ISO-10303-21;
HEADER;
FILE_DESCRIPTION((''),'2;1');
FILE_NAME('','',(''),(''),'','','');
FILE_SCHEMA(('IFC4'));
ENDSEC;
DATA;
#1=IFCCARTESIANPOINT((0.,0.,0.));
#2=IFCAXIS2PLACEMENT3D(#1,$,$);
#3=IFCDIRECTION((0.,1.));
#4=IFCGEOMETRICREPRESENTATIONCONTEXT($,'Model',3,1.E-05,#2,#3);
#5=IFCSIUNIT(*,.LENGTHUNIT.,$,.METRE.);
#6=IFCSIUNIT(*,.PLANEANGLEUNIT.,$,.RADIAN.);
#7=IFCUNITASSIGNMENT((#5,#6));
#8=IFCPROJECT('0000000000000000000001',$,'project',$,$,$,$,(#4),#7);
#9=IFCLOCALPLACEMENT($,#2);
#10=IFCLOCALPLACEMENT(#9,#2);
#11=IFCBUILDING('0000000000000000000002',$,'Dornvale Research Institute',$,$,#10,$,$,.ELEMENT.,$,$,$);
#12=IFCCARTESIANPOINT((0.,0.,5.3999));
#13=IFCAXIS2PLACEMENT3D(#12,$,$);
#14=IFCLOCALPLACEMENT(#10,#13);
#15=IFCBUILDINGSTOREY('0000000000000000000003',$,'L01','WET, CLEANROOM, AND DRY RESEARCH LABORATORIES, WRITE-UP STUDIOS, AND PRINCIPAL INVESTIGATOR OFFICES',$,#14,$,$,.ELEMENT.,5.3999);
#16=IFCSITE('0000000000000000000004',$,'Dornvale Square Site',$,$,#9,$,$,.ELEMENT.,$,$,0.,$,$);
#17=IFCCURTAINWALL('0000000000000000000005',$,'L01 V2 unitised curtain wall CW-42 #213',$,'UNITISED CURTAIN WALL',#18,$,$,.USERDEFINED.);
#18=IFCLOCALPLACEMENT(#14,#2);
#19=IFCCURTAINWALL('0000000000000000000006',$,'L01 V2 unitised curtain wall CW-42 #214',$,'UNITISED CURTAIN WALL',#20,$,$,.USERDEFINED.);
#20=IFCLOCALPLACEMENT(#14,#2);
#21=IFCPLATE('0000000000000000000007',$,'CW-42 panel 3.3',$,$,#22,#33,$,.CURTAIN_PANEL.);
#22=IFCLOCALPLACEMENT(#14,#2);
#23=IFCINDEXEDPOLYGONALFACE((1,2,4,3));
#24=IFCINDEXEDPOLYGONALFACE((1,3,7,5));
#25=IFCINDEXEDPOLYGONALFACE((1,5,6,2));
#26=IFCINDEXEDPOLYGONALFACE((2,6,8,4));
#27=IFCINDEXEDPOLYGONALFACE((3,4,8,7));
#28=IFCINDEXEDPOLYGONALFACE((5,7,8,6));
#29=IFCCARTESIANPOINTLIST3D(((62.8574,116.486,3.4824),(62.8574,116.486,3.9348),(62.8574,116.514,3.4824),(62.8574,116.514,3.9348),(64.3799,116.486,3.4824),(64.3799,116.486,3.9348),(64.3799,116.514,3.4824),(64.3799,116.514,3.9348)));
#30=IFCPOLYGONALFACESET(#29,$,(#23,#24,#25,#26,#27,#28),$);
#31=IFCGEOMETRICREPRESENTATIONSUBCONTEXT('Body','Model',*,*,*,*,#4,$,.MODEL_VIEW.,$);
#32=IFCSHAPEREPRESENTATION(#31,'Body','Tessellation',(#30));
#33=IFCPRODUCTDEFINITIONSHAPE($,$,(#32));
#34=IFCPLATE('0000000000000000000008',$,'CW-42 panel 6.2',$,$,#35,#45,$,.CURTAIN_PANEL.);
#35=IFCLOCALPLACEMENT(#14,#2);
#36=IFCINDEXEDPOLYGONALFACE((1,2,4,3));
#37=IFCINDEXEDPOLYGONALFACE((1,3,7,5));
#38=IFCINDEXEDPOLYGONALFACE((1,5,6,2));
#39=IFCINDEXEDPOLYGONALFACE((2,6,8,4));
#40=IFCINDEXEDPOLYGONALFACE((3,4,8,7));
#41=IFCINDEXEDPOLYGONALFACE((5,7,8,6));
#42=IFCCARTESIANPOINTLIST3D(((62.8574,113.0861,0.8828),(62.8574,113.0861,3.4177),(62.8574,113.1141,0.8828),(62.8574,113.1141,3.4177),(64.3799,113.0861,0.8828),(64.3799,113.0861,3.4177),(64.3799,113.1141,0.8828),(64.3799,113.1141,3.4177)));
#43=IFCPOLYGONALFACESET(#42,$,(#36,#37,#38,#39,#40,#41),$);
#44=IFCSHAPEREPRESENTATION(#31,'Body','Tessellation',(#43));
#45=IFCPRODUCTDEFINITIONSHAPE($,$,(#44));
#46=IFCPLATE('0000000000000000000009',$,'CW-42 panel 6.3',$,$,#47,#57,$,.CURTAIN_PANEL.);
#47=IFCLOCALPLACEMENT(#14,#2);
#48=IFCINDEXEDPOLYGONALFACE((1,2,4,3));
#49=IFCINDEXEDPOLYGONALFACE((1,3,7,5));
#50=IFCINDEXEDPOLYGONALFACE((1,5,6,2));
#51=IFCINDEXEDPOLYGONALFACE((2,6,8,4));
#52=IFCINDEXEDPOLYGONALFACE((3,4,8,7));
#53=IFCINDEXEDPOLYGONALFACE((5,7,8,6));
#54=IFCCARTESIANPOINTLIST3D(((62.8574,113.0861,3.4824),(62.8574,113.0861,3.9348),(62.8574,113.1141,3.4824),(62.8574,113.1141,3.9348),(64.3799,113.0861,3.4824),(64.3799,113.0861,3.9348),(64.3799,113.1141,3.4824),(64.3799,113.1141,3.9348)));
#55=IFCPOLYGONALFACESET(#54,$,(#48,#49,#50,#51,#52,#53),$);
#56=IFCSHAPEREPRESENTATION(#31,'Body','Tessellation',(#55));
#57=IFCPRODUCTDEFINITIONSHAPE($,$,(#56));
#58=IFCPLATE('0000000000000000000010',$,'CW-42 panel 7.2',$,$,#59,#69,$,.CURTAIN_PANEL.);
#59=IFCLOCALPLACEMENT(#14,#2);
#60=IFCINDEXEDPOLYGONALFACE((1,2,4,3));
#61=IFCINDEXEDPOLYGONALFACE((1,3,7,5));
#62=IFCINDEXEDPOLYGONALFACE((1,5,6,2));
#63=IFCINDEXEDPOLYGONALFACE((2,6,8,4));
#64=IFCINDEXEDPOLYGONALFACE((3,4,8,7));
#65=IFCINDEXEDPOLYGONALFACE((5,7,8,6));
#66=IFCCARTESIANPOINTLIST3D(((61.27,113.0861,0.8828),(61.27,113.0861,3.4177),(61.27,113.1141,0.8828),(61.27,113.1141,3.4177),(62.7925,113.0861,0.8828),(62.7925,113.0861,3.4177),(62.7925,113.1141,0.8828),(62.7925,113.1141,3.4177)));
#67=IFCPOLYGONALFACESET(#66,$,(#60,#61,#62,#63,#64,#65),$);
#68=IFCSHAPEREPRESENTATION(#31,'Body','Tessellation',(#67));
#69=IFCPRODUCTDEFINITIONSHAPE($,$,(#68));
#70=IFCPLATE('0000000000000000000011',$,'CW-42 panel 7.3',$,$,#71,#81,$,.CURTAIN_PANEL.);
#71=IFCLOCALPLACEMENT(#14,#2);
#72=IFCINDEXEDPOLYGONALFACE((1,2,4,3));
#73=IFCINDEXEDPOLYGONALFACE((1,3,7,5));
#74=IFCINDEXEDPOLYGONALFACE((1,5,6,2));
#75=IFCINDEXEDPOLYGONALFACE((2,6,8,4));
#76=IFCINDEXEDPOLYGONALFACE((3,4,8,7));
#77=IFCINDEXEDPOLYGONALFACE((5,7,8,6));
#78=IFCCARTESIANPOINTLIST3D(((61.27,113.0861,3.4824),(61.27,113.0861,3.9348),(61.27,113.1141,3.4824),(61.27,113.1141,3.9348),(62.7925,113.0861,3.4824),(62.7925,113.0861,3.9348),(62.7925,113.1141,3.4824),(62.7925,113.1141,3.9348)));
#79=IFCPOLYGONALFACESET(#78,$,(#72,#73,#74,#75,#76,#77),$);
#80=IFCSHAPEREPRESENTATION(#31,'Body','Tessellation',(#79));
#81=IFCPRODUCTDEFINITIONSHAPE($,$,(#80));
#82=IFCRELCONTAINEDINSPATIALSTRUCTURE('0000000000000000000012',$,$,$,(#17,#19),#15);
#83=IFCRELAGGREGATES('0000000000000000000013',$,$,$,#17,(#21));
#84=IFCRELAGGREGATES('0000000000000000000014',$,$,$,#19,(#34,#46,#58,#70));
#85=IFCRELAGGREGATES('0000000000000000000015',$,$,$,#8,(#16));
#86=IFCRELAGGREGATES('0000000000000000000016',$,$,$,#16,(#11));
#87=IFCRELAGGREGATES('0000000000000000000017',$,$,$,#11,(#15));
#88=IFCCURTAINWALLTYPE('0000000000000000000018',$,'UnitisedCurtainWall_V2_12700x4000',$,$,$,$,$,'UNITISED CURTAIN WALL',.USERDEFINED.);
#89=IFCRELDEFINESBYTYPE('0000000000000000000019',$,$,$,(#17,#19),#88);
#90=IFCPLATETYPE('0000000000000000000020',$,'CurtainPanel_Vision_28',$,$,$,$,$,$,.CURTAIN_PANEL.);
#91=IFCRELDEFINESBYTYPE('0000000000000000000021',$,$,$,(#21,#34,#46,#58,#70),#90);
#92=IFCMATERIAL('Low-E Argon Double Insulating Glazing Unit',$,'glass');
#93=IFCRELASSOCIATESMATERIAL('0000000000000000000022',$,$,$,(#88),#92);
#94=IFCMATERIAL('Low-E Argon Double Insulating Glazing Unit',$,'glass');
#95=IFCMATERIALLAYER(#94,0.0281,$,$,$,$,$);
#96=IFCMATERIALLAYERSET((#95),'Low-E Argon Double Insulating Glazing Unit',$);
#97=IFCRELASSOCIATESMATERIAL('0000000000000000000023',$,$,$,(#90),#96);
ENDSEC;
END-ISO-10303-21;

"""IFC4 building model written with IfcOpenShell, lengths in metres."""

from ifc_helpers import new_model, si_unit, direction, frame, origin, origin_2d, place, context, subcontext, project, spatial, rectangle, extrude, material, layer, layer_set, type_object, element, aggregate, save


model = new_model("IFC4")

# Units and contexts
model_context = context("Model", 3, precision=1e-05, world=origin(), true_north=direction((0.0, 1.0)))
body_context = subcontext(model_context, "Body", "Model", "MODEL_VIEW")
ifc_project = project(units=[si_unit("LENGTHUNIT", "METRE"), si_unit("PLANEANGLEUNIT", "RADIAN")], contexts=[model_context])

# Site, building, storey
site_placement = place(None, origin())
site = spatial("IfcSite", under=ifc_project, at=site_placement, Name="Dornvale Square Site", CompositionType="ELEMENT", RefElevation=0.0)
building_placement = place(site_placement, origin())
building = spatial("IfcBuilding", under=site, at=building_placement, Name="Dornvale Research Institute", CompositionType="ELEMENT")
storey_placement = place(building_placement, frame((0.0, 0.0, 5.3999)))
storey = spatial("IfcBuildingStorey", under=building, at=storey_placement, Name="L01", Description="WET, CLEANROOM, AND DRY RESEARCH LABORATORIES, WRITE-UP STUDIOS, AND PRINCIPAL INVESTIGATOR OFFICES", CompositionType="ELEMENT", Elevation=5.3999)

# Curtain walls
ifc_material_1 = material(Name="Low-E Argon Double Insulating Glazing Unit", Category="glass")
curtain_wall_type = type_object("IfcCurtainWallType", Name="UnitisedCurtainWall_V2_12700x4000", ElementType="UNITISED CURTAIN WALL", PredefinedType="USERDEFINED", material=ifc_material_1)
curtain_wall_1_placement = place(storey_placement, origin())
curtain_wall_1 = element("IfcCurtainWall", 1, at=curtain_wall_1_placement, inside=storey, type_object=curtain_wall_type, Name="L01 V2 unitised curtain wall CW-42 #213", ObjectType="UNITISED CURTAIN WALL", PredefinedType="USERDEFINED")
curtain_wall_2_placement = place(storey_placement, origin())
curtain_wall_2 = element("IfcCurtainWall", 2, at=curtain_wall_2_placement, inside=storey, type_object=curtain_wall_type, Name="L01 V2 unitised curtain wall CW-42 #214", ObjectType="UNITISED CURTAIN WALL", PredefinedType="USERDEFINED")

# Plates
ifc_material_2 = material(Name="Low-E Argon Double Insulating Glazing Unit", Category="glass")
ifc_layer_1 = layer(ifc_material_2, 0.0281)
ifc_layer_set_1 = layer_set([ifc_layer_1], Name="Low-E Argon Double Insulating Glazing Unit")
plate_type_1 = type_object("IfcPlateType", Name="CurtainPanel_Vision_28", PredefinedType="CURTAIN_PANEL", material=ifc_layer_set_1)
plate_1_placement = place(storey_placement, frame((63.6187, 116.5, 3.4824), z_axis=(0.0, 0.0, 1.0), x_axis=(1.0, 0.0, 0.0)))
plate_1 = element("IfcPlate", 3, at=plate_1_placement, type_object=plate_type_1, Name="CW-42 panel 3.3", PredefinedType="CURTAIN_PANEL", context=body_context, shape_type="SweptSolid", body=[
    extrude(rectangle(XDim=1.5225, YDim=0.0281, at=origin_2d()), origin(), (0.0, 0.0, 1.0), 0.4524),
])
aggregate(curtain_wall_1, [plate_1])
plate_2_placement = place(storey_placement, frame((63.6187, 113.1001, 0.8828), z_axis=(0.0, 0.0, 1.0), x_axis=(-1.0, 0.0, 0.0)))
plate_2 = element("IfcPlate", 4, at=plate_2_placement, type_object=plate_type_1, Name="CW-42 panel 6.2", PredefinedType="CURTAIN_PANEL", context=body_context, shape_type="SweptSolid", body=[
    extrude(rectangle(XDim=1.5225, YDim=0.0281, at=origin_2d()), origin(), (0.0, 0.0, 1.0), 2.5349),
])
plate_3_placement = place(storey_placement, frame((63.6187, 113.1001, 3.4824), z_axis=(0.0, 0.0, 1.0), x_axis=(-1.0, 0.0, 0.0)))
plate_3 = element("IfcPlate", 5, at=plate_3_placement, type_object=plate_type_1, Name="CW-42 panel 6.3", PredefinedType="CURTAIN_PANEL", context=body_context, shape_type="SweptSolid", body=[
    extrude(rectangle(XDim=1.5225, YDim=0.0281, at=origin_2d()), origin(), (0.0, 0.0, 1.0), 0.4524),
])
plate_4_placement = place(storey_placement, frame((62.0312, 113.1001, 0.8828), z_axis=(0.0, 0.0, 1.0), x_axis=(-1.0, 0.0, 0.0)))
plate_4 = element("IfcPlate", 6, at=plate_4_placement, type_object=plate_type_1, Name="CW-42 panel 7.2", PredefinedType="CURTAIN_PANEL", context=body_context, shape_type="SweptSolid", body=[
    extrude(rectangle(XDim=1.5225, YDim=0.0281, at=origin_2d()), origin(), (0.0, 0.0, 1.0), 2.5349),
])
plate_5_placement = place(storey_placement, frame((62.0312, 113.1001, 3.4824), z_axis=(0.0, 0.0, 1.0), x_axis=(-1.0, 0.0, 0.0)))
plate_5 = element("IfcPlate", 7, at=plate_5_placement, type_object=plate_type_1, Name="CW-42 panel 7.3", PredefinedType="CURTAIN_PANEL", context=body_context, shape_type="SweptSolid", body=[
    extrude(rectangle(XDim=1.5225, YDim=0.0281, at=origin_2d()), origin(), (0.0, 0.0, 1.0), 0.4524),
])
aggregate(curtain_wall_2, [plate_2, plate_3, plate_4, plate_5])

save(model, "model.ifc")
